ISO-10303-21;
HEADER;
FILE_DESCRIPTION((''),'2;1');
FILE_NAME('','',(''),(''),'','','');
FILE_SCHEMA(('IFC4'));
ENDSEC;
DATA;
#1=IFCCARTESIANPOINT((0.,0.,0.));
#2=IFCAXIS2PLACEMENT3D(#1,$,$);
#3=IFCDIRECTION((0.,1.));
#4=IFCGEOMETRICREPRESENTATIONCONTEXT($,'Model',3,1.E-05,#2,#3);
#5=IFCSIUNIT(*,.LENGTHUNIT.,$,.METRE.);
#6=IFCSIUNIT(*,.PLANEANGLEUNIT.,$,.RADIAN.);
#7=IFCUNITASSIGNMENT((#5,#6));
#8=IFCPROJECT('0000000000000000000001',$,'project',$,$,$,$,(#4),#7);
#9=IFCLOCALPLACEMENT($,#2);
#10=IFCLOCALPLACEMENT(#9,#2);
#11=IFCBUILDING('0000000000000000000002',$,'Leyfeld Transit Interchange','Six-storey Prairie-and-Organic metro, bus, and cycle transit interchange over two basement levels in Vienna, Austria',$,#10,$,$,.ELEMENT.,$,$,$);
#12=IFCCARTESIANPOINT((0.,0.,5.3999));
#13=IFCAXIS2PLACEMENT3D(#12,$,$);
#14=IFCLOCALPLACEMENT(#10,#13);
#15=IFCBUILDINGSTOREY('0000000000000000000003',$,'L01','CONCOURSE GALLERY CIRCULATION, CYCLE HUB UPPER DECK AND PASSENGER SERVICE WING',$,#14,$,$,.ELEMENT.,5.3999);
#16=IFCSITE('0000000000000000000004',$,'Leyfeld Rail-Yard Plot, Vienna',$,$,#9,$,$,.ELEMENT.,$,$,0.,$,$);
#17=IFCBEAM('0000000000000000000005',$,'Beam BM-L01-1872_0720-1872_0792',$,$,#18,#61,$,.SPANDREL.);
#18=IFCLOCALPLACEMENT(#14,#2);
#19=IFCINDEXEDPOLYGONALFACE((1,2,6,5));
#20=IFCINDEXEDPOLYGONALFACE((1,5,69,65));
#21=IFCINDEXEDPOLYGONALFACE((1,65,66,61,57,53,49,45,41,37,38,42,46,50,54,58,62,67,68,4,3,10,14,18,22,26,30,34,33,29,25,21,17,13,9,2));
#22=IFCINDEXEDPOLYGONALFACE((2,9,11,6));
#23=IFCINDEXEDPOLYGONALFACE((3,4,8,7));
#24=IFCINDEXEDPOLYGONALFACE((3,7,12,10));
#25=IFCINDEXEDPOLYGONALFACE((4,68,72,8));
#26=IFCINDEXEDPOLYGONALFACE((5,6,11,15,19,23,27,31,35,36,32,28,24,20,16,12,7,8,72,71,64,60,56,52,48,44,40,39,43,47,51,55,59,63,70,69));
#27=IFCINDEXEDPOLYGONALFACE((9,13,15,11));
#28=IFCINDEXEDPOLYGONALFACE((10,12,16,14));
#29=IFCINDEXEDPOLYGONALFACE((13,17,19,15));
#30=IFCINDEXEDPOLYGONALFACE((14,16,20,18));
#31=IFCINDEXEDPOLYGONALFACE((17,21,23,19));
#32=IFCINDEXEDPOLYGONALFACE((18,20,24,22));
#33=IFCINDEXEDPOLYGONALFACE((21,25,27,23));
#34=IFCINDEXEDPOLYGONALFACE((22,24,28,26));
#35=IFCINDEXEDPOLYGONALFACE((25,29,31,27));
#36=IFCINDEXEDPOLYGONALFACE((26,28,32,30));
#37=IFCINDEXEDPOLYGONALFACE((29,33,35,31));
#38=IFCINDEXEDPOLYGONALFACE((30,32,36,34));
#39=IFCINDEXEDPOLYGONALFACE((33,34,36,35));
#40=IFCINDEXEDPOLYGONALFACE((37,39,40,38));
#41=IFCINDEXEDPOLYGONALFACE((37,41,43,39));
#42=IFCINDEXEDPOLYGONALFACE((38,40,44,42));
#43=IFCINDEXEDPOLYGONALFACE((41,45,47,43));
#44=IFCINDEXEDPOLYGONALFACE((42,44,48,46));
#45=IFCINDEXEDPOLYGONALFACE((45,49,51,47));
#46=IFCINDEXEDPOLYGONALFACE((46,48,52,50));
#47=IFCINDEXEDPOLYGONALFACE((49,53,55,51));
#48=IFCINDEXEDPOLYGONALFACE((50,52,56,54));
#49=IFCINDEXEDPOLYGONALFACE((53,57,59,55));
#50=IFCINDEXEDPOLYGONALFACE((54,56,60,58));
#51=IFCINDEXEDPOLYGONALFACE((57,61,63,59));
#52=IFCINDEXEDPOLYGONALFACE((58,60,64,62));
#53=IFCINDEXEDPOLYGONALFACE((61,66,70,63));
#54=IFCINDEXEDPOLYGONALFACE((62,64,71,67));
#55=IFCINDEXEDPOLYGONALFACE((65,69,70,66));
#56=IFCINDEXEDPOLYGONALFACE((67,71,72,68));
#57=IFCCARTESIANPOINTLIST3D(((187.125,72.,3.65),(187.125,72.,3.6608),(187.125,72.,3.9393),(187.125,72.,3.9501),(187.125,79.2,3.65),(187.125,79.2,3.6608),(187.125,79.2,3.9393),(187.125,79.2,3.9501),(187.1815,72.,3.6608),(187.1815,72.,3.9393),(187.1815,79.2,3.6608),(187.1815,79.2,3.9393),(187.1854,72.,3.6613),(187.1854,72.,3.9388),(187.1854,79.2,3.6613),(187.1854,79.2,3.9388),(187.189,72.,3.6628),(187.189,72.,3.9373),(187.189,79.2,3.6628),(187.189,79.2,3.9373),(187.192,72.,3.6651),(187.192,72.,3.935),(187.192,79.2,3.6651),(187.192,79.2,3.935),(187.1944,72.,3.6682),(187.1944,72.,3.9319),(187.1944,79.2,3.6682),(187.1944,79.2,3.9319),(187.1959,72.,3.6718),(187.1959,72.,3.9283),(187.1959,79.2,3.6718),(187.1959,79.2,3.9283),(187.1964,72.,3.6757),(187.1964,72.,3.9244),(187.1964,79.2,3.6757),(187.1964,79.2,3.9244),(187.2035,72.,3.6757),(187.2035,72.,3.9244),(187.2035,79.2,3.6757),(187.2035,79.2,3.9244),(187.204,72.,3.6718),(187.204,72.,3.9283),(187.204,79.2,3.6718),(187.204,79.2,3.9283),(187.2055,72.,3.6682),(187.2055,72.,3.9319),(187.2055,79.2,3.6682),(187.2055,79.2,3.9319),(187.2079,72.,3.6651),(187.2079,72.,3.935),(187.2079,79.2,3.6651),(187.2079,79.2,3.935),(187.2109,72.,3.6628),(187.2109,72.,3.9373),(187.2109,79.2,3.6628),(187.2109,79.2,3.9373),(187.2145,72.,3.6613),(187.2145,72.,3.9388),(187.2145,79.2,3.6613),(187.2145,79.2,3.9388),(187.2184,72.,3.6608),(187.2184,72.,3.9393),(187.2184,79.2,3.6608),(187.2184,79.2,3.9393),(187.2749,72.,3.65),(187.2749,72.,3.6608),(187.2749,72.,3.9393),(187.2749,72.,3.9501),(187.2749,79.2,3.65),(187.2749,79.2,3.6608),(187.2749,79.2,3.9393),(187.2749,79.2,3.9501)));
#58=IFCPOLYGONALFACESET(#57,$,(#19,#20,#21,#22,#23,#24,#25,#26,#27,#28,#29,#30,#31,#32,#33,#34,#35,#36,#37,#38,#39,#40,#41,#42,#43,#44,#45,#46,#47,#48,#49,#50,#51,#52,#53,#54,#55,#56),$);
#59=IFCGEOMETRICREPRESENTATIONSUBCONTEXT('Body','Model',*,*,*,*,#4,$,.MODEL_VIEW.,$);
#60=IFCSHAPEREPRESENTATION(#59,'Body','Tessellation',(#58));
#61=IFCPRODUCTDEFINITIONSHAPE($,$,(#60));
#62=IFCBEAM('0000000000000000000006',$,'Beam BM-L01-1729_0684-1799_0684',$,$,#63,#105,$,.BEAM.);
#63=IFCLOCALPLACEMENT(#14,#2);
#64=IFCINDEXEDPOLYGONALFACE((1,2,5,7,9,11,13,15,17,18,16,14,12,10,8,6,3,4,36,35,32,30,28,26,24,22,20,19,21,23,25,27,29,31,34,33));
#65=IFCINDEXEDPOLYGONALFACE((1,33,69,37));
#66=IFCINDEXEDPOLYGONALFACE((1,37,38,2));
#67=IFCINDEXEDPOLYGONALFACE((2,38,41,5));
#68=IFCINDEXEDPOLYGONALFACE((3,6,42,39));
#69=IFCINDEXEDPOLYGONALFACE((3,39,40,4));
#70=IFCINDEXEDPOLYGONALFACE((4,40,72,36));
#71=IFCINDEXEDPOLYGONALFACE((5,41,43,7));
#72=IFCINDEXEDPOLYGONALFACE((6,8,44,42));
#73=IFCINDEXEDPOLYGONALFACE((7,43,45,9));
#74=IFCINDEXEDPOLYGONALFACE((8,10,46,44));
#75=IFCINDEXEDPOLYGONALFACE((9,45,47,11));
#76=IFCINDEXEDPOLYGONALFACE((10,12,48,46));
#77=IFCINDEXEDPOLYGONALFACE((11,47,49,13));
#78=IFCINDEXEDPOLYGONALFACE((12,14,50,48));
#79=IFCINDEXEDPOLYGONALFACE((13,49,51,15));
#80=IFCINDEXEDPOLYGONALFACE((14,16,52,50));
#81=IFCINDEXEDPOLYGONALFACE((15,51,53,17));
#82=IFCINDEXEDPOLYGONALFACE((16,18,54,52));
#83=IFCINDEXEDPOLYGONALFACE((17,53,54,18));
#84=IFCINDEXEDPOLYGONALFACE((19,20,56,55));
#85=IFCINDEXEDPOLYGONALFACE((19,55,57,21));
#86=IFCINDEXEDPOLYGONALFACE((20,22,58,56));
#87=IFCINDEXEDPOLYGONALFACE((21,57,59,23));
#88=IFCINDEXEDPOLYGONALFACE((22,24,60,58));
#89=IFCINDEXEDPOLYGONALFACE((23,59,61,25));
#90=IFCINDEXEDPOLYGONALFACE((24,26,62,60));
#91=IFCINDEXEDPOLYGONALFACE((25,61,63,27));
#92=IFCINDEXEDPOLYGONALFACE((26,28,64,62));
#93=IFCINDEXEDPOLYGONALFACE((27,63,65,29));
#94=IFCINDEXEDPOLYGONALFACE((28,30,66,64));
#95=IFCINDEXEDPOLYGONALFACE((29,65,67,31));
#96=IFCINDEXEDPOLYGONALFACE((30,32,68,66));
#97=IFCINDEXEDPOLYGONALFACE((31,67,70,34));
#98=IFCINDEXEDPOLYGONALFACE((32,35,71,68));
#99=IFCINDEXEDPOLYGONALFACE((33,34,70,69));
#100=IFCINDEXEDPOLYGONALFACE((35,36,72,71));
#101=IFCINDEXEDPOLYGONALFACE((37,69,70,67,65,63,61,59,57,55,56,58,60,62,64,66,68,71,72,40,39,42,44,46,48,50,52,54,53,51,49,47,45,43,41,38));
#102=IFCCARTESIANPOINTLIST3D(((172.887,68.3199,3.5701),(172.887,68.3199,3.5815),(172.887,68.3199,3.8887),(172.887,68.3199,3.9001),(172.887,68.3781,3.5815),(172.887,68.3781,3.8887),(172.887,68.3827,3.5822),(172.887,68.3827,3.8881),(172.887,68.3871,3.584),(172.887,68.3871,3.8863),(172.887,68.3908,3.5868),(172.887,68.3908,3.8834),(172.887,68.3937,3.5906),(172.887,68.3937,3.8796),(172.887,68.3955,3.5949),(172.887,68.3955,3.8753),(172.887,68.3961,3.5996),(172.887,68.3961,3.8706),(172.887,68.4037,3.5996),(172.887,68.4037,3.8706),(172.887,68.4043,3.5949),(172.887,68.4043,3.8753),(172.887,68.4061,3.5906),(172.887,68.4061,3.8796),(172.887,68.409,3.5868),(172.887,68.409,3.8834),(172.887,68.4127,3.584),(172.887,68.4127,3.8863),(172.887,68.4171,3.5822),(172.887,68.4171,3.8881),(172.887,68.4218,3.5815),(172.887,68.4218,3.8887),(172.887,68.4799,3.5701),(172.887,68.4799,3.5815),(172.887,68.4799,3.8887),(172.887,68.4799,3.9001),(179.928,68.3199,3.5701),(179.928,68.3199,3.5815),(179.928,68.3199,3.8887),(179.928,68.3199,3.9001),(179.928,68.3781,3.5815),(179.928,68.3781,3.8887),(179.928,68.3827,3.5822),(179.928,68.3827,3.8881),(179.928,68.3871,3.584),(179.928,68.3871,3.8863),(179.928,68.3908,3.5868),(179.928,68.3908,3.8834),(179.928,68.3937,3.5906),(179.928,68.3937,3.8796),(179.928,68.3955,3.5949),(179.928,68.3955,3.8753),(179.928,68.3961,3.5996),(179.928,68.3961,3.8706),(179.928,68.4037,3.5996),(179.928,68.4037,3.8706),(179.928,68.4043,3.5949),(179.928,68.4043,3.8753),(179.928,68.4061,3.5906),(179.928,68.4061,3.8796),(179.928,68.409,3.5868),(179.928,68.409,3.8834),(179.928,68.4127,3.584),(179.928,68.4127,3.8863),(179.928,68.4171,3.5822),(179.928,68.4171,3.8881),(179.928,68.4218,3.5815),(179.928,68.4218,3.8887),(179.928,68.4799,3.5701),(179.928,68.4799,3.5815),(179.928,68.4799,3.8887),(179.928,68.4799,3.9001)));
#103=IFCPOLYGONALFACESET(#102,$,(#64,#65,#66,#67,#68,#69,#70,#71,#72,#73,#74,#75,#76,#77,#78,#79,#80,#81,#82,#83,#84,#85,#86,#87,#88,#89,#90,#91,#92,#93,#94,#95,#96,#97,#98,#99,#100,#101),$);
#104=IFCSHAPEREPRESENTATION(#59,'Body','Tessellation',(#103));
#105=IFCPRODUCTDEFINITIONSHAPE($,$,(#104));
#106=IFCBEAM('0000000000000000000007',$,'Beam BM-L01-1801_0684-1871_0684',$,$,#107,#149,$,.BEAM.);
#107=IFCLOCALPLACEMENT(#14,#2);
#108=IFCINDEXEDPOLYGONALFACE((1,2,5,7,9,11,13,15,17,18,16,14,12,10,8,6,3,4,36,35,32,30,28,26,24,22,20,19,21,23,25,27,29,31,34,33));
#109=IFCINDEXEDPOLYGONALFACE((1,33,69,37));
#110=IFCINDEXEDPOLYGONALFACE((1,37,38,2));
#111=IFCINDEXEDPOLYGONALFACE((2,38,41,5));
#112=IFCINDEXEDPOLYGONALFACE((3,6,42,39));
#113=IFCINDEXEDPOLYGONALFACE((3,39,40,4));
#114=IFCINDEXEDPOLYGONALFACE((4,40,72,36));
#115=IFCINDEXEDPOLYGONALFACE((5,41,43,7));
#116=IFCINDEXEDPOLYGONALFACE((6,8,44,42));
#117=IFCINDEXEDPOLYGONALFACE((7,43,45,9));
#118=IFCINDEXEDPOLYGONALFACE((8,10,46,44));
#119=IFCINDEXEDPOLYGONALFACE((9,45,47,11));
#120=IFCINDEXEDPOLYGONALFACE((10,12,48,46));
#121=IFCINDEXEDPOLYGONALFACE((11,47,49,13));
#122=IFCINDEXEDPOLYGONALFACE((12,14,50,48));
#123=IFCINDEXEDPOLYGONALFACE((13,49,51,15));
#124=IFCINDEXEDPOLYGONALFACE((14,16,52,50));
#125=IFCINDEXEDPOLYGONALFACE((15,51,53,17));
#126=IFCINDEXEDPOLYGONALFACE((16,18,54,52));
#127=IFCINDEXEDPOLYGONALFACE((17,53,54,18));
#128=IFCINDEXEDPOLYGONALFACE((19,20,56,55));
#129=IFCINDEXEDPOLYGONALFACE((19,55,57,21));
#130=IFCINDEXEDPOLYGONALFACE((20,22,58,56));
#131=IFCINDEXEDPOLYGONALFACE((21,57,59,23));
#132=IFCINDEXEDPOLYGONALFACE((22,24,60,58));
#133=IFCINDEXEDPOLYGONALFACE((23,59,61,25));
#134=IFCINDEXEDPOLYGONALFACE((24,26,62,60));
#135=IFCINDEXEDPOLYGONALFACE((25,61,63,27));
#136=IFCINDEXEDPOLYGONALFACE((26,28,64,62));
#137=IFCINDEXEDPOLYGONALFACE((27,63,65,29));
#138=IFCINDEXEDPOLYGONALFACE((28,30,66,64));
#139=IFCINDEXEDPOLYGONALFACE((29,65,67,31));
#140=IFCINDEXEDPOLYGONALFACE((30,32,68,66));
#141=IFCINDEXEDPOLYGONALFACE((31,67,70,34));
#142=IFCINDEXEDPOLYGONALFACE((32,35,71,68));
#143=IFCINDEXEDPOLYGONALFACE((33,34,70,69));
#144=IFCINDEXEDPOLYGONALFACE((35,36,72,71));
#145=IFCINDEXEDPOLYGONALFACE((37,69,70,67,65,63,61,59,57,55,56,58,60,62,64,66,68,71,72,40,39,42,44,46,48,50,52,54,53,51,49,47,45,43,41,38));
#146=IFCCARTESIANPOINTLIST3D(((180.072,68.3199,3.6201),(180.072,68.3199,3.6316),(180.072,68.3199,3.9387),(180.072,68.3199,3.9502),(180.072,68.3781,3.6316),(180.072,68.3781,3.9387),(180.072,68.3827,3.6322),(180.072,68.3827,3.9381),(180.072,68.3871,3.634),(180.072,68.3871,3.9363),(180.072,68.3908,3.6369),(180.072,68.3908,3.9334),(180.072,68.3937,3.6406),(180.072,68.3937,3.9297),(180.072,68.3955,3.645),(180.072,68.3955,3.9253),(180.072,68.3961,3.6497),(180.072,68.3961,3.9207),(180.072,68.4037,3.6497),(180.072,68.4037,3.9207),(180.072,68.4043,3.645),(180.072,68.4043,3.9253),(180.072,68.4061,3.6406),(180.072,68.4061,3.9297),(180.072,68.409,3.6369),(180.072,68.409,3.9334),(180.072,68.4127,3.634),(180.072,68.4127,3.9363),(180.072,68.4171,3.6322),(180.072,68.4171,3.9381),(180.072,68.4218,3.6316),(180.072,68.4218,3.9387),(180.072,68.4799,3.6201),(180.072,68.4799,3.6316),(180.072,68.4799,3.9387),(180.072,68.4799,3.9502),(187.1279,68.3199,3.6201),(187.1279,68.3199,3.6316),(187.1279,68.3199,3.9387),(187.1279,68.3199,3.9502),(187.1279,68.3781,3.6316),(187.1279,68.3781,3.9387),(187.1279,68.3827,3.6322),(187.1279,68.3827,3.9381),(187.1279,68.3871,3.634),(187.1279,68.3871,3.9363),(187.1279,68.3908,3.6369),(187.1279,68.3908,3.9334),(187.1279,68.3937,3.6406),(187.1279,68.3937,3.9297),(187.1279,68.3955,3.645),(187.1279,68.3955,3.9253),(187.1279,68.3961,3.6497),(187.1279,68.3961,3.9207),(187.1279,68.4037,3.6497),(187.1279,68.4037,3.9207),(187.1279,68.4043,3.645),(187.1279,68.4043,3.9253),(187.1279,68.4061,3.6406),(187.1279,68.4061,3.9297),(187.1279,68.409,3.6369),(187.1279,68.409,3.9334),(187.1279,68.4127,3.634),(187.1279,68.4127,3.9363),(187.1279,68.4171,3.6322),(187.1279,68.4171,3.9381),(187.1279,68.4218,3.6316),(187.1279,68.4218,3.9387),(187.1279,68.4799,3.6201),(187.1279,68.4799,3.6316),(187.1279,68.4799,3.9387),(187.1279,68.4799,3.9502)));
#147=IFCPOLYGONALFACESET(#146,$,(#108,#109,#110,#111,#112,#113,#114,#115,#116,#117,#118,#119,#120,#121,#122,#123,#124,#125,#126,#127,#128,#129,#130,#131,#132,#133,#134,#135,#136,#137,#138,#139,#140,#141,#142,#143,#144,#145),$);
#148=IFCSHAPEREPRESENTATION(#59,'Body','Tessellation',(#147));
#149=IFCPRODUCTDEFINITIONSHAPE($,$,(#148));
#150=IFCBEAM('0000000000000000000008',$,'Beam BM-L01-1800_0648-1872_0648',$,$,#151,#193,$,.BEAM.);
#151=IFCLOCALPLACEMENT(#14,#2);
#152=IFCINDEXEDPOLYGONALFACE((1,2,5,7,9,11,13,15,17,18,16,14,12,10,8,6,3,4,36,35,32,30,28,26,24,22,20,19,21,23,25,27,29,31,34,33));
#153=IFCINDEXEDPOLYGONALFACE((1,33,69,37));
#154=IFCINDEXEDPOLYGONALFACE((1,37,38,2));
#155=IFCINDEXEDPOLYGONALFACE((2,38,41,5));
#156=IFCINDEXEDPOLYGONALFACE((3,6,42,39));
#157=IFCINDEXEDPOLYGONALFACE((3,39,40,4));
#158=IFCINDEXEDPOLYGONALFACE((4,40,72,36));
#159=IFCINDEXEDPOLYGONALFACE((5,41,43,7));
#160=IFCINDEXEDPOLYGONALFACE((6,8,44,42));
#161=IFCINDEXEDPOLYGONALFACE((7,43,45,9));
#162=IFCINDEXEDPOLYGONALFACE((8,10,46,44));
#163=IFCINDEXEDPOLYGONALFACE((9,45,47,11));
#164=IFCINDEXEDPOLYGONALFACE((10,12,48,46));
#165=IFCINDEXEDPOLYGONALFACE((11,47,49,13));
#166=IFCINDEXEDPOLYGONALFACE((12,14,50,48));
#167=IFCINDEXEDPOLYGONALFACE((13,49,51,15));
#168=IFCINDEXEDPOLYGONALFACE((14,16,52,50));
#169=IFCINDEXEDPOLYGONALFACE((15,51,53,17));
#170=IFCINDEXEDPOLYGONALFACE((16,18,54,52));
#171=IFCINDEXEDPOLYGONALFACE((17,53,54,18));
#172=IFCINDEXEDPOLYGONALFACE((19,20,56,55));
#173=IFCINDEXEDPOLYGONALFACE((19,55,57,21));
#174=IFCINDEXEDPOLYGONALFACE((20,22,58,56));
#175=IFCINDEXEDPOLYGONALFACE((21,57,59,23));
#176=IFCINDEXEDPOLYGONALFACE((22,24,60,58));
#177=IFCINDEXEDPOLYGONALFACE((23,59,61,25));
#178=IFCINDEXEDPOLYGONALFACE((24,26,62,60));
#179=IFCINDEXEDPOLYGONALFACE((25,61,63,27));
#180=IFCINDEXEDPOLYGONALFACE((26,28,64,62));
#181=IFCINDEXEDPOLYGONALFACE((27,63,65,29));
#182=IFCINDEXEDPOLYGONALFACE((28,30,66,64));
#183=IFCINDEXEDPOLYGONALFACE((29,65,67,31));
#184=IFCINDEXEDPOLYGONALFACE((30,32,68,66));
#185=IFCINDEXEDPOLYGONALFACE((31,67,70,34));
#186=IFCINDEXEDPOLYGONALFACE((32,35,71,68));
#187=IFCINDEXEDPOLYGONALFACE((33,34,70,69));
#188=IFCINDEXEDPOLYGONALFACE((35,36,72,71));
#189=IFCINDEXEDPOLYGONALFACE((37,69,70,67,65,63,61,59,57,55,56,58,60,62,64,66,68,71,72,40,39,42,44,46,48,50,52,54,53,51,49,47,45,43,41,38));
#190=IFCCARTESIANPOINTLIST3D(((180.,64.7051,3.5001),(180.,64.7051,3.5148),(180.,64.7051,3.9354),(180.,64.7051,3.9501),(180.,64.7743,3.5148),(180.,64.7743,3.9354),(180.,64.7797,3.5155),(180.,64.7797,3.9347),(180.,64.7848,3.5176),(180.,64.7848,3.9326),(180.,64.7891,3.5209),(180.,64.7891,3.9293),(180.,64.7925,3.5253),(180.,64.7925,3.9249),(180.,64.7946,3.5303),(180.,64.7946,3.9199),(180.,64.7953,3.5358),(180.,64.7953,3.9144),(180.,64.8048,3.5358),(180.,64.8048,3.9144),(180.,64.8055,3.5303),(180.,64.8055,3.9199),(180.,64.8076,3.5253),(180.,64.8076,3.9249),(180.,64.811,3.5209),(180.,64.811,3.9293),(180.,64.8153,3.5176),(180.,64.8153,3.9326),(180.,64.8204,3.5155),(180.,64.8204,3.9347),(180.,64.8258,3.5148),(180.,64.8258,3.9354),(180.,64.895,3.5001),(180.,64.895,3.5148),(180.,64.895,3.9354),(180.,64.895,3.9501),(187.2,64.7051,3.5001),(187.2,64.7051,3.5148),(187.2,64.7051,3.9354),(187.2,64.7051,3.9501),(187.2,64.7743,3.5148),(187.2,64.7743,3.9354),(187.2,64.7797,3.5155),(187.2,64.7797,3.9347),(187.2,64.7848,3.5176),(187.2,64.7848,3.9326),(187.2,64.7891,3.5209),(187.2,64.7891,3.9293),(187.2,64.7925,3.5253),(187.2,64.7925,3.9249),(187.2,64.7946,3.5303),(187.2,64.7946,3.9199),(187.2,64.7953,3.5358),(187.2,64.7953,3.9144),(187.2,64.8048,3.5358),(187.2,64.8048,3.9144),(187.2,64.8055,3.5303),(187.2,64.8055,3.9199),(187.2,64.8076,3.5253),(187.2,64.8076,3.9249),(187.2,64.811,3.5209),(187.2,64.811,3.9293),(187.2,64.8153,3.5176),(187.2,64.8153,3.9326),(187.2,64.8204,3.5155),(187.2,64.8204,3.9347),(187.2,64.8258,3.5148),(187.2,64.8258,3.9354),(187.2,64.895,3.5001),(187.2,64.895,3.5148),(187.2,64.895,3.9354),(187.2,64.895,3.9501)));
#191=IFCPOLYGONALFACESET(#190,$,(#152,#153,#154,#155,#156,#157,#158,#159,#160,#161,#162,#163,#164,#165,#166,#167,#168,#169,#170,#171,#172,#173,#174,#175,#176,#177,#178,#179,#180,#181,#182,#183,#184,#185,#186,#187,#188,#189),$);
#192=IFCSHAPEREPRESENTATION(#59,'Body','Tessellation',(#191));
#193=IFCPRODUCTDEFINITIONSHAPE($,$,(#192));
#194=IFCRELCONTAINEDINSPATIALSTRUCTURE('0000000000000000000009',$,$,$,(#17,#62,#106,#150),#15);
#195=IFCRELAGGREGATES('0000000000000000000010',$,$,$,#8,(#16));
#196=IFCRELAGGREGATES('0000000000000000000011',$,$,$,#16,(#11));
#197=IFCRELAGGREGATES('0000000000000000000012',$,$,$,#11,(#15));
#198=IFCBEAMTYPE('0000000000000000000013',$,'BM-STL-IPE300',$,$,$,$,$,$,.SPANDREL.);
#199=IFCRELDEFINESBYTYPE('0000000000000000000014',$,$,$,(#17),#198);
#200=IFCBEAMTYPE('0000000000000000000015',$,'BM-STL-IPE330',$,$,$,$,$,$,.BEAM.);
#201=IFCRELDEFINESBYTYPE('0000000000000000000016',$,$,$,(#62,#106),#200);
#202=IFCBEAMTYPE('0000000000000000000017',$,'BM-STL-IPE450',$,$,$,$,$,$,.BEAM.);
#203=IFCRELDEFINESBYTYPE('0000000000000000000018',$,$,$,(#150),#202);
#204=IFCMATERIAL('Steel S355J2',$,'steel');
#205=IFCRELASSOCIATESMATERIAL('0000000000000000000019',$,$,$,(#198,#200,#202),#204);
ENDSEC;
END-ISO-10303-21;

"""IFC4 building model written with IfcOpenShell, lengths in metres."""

from ifc_helpers import new_model, si_unit, direction, frame, origin, origin_2d, place, context, subcontext, project, spatial, i_section, extrude, material, material_profile, profile_set, type_object, element, save


model = new_model("IFC4")

# Units and contexts
model_context = context("Model", 3, precision=1e-05, world=origin(), true_north=direction((0.0, 1.0)))
body_context = subcontext(model_context, "Body", "Model", "MODEL_VIEW")
ifc_project = project(units=[si_unit("LENGTHUNIT", "METRE"), si_unit("PLANEANGLEUNIT", "RADIAN")], contexts=[model_context])

# Site, building, storey
site_placement = place(None, origin())
site = spatial("IfcSite", under=ifc_project, at=site_placement, Name="Leyfeld Rail-Yard Plot, Vienna", CompositionType="ELEMENT", RefElevation=0.0)
building_placement = place(site_placement, origin())
building = spatial("IfcBuilding", under=site, at=building_placement, Name="Leyfeld Transit Interchange", Description="Six-storey Prairie-and-Organic metro, bus, and cycle transit interchange over two basement levels in Vienna, Austria", CompositionType="ELEMENT")
storey_placement = place(building_placement, frame((0.0, 0.0, 5.3999)))
storey = spatial("IfcBuildingStorey", under=building, at=storey_placement, Name="L01", Description="CONCOURSE GALLERY CIRCULATION, CYCLE HUB UPPER DECK AND PASSENGER SERVICE WING", CompositionType="ELEMENT", Elevation=5.3999)

# Beams
ifc_material_1 = material(Name="Steel S355J2", Category="steel")
ifc_material_profile_1 = material_profile(ifc_material_1, i_section(OverallWidth=0.1499, OverallDepth=0.3, WebThickness=0.0071, FlangeThickness=0.0107, FilletRadius=0.0149, at=origin_2d()), Name="IPE 300")
ifc_profile_set_1 = profile_set([ifc_material_profile_1], Name="Steel S355J2")
beam_type_1 = type_object("IfcBeamType", Name="BM-STL-IPE300", PredefinedType="SPANDREL", material=ifc_profile_set_1)
for number, where, z_axis, x_axis, name in (
    (1, (187.2, 72.0, 3.8), (0.0, 1.0, 0.0), (-1.0, 0.0, 0.0), "Beam BM-L01-1872_0720-1872_0792"),
):
    element("IfcBeam", number, at=place(storey_placement, frame(where, z_axis=z_axis, x_axis=x_axis)), inside=storey, type_object=beam_type_1, Name=name, PredefinedType="SPANDREL", context=body_context, shape_type="SweptSolid", body=[
        extrude(i_section(OverallWidth=0.1499, OverallDepth=0.3, WebThickness=0.0071, FlangeThickness=0.0107, FilletRadius=0.0149, at=origin_2d()), origin(), (0.0, 0.0, 1.0), 7.2),
    ])
ifc_material_profile_2 = material_profile(ifc_material_1, i_section(OverallWidth=0.1599, OverallDepth=0.3301, WebThickness=0.0076, FlangeThickness=0.0115, FilletRadius=0.0181, at=origin_2d()), Name="IPE 330")
ifc_profile_set_2 = profile_set([ifc_material_profile_2], Name="Steel S355J2")
beam_type_2 = type_object("IfcBeamType", Name="BM-STL-IPE330", PredefinedType="BEAM", material=ifc_profile_set_2)
beam_1_placement = place(storey_placement, frame((172.887, 68.3999, 3.7351), z_axis=(1.0, 0.0, 0.0), x_axis=(0.0, 1.0, 0.0)))
element("IfcBeam", 2, at=beam_1_placement, inside=storey, type_object=beam_type_2, Name="Beam BM-L01-1729_0684-1799_0684", PredefinedType="BEAM", context=body_context, shape_type="SweptSolid", body=[
    extrude(i_section(OverallWidth=0.1599, OverallDepth=0.3301, WebThickness=0.0076, FlangeThickness=0.0115, FilletRadius=0.0181, at=origin_2d()), origin(), (0.0, 0.0, 1.0), 7.041),
])
beam_2_placement = place(storey_placement, frame((180.072, 68.3999, 3.7852), z_axis=(1.0, 0.0, 0.0), x_axis=(0.0, 1.0, 0.0)))
element("IfcBeam", 3, at=beam_2_placement, inside=storey, type_object=beam_type_2, Name="Beam BM-L01-1801_0684-1871_0684", PredefinedType="BEAM", context=body_context, shape_type="SweptSolid", body=[
    extrude(i_section(OverallWidth=0.1599, OverallDepth=0.3301, WebThickness=0.0076, FlangeThickness=0.0115, FilletRadius=0.0181, at=origin_2d()), origin(), (0.0, 0.0, 1.0), 7.0559),
])
ifc_material_profile_3 = material_profile(ifc_material_1, i_section(OverallWidth=0.1899, OverallDepth=0.45, WebThickness=0.0095, FlangeThickness=0.0146, FilletRadius=0.021, at=origin_2d()), Name="IPE 450")
ifc_profile_set_3 = profile_set([ifc_material_profile_3], Name="Steel S355J2")
beam_type_3 = type_object("IfcBeamType", Name="BM-STL-IPE450", PredefinedType="BEAM", material=ifc_profile_set_3)
for number, where, z_axis, x_axis, name in (
    (4, (180.0, 64.8, 3.7251), (1.0, 0.0, 0.0), (0.0, 1.0, 0.0), "Beam BM-L01-1800_0648-1872_0648"),
):
    element("IfcBeam", number, at=place(storey_placement, frame(where, z_axis=z_axis, x_axis=x_axis)), inside=storey, type_object=beam_type_3, Name=name, PredefinedType="BEAM", context=body_context, shape_type="SweptSolid", body=[
        extrude(i_section(OverallWidth=0.1899, OverallDepth=0.45, WebThickness=0.0095, FlangeThickness=0.0146, FilletRadius=0.021, at=origin_2d()), origin(), (0.0, 0.0, 1.0), 7.2),
    ])

save(model, "model.ifc")
